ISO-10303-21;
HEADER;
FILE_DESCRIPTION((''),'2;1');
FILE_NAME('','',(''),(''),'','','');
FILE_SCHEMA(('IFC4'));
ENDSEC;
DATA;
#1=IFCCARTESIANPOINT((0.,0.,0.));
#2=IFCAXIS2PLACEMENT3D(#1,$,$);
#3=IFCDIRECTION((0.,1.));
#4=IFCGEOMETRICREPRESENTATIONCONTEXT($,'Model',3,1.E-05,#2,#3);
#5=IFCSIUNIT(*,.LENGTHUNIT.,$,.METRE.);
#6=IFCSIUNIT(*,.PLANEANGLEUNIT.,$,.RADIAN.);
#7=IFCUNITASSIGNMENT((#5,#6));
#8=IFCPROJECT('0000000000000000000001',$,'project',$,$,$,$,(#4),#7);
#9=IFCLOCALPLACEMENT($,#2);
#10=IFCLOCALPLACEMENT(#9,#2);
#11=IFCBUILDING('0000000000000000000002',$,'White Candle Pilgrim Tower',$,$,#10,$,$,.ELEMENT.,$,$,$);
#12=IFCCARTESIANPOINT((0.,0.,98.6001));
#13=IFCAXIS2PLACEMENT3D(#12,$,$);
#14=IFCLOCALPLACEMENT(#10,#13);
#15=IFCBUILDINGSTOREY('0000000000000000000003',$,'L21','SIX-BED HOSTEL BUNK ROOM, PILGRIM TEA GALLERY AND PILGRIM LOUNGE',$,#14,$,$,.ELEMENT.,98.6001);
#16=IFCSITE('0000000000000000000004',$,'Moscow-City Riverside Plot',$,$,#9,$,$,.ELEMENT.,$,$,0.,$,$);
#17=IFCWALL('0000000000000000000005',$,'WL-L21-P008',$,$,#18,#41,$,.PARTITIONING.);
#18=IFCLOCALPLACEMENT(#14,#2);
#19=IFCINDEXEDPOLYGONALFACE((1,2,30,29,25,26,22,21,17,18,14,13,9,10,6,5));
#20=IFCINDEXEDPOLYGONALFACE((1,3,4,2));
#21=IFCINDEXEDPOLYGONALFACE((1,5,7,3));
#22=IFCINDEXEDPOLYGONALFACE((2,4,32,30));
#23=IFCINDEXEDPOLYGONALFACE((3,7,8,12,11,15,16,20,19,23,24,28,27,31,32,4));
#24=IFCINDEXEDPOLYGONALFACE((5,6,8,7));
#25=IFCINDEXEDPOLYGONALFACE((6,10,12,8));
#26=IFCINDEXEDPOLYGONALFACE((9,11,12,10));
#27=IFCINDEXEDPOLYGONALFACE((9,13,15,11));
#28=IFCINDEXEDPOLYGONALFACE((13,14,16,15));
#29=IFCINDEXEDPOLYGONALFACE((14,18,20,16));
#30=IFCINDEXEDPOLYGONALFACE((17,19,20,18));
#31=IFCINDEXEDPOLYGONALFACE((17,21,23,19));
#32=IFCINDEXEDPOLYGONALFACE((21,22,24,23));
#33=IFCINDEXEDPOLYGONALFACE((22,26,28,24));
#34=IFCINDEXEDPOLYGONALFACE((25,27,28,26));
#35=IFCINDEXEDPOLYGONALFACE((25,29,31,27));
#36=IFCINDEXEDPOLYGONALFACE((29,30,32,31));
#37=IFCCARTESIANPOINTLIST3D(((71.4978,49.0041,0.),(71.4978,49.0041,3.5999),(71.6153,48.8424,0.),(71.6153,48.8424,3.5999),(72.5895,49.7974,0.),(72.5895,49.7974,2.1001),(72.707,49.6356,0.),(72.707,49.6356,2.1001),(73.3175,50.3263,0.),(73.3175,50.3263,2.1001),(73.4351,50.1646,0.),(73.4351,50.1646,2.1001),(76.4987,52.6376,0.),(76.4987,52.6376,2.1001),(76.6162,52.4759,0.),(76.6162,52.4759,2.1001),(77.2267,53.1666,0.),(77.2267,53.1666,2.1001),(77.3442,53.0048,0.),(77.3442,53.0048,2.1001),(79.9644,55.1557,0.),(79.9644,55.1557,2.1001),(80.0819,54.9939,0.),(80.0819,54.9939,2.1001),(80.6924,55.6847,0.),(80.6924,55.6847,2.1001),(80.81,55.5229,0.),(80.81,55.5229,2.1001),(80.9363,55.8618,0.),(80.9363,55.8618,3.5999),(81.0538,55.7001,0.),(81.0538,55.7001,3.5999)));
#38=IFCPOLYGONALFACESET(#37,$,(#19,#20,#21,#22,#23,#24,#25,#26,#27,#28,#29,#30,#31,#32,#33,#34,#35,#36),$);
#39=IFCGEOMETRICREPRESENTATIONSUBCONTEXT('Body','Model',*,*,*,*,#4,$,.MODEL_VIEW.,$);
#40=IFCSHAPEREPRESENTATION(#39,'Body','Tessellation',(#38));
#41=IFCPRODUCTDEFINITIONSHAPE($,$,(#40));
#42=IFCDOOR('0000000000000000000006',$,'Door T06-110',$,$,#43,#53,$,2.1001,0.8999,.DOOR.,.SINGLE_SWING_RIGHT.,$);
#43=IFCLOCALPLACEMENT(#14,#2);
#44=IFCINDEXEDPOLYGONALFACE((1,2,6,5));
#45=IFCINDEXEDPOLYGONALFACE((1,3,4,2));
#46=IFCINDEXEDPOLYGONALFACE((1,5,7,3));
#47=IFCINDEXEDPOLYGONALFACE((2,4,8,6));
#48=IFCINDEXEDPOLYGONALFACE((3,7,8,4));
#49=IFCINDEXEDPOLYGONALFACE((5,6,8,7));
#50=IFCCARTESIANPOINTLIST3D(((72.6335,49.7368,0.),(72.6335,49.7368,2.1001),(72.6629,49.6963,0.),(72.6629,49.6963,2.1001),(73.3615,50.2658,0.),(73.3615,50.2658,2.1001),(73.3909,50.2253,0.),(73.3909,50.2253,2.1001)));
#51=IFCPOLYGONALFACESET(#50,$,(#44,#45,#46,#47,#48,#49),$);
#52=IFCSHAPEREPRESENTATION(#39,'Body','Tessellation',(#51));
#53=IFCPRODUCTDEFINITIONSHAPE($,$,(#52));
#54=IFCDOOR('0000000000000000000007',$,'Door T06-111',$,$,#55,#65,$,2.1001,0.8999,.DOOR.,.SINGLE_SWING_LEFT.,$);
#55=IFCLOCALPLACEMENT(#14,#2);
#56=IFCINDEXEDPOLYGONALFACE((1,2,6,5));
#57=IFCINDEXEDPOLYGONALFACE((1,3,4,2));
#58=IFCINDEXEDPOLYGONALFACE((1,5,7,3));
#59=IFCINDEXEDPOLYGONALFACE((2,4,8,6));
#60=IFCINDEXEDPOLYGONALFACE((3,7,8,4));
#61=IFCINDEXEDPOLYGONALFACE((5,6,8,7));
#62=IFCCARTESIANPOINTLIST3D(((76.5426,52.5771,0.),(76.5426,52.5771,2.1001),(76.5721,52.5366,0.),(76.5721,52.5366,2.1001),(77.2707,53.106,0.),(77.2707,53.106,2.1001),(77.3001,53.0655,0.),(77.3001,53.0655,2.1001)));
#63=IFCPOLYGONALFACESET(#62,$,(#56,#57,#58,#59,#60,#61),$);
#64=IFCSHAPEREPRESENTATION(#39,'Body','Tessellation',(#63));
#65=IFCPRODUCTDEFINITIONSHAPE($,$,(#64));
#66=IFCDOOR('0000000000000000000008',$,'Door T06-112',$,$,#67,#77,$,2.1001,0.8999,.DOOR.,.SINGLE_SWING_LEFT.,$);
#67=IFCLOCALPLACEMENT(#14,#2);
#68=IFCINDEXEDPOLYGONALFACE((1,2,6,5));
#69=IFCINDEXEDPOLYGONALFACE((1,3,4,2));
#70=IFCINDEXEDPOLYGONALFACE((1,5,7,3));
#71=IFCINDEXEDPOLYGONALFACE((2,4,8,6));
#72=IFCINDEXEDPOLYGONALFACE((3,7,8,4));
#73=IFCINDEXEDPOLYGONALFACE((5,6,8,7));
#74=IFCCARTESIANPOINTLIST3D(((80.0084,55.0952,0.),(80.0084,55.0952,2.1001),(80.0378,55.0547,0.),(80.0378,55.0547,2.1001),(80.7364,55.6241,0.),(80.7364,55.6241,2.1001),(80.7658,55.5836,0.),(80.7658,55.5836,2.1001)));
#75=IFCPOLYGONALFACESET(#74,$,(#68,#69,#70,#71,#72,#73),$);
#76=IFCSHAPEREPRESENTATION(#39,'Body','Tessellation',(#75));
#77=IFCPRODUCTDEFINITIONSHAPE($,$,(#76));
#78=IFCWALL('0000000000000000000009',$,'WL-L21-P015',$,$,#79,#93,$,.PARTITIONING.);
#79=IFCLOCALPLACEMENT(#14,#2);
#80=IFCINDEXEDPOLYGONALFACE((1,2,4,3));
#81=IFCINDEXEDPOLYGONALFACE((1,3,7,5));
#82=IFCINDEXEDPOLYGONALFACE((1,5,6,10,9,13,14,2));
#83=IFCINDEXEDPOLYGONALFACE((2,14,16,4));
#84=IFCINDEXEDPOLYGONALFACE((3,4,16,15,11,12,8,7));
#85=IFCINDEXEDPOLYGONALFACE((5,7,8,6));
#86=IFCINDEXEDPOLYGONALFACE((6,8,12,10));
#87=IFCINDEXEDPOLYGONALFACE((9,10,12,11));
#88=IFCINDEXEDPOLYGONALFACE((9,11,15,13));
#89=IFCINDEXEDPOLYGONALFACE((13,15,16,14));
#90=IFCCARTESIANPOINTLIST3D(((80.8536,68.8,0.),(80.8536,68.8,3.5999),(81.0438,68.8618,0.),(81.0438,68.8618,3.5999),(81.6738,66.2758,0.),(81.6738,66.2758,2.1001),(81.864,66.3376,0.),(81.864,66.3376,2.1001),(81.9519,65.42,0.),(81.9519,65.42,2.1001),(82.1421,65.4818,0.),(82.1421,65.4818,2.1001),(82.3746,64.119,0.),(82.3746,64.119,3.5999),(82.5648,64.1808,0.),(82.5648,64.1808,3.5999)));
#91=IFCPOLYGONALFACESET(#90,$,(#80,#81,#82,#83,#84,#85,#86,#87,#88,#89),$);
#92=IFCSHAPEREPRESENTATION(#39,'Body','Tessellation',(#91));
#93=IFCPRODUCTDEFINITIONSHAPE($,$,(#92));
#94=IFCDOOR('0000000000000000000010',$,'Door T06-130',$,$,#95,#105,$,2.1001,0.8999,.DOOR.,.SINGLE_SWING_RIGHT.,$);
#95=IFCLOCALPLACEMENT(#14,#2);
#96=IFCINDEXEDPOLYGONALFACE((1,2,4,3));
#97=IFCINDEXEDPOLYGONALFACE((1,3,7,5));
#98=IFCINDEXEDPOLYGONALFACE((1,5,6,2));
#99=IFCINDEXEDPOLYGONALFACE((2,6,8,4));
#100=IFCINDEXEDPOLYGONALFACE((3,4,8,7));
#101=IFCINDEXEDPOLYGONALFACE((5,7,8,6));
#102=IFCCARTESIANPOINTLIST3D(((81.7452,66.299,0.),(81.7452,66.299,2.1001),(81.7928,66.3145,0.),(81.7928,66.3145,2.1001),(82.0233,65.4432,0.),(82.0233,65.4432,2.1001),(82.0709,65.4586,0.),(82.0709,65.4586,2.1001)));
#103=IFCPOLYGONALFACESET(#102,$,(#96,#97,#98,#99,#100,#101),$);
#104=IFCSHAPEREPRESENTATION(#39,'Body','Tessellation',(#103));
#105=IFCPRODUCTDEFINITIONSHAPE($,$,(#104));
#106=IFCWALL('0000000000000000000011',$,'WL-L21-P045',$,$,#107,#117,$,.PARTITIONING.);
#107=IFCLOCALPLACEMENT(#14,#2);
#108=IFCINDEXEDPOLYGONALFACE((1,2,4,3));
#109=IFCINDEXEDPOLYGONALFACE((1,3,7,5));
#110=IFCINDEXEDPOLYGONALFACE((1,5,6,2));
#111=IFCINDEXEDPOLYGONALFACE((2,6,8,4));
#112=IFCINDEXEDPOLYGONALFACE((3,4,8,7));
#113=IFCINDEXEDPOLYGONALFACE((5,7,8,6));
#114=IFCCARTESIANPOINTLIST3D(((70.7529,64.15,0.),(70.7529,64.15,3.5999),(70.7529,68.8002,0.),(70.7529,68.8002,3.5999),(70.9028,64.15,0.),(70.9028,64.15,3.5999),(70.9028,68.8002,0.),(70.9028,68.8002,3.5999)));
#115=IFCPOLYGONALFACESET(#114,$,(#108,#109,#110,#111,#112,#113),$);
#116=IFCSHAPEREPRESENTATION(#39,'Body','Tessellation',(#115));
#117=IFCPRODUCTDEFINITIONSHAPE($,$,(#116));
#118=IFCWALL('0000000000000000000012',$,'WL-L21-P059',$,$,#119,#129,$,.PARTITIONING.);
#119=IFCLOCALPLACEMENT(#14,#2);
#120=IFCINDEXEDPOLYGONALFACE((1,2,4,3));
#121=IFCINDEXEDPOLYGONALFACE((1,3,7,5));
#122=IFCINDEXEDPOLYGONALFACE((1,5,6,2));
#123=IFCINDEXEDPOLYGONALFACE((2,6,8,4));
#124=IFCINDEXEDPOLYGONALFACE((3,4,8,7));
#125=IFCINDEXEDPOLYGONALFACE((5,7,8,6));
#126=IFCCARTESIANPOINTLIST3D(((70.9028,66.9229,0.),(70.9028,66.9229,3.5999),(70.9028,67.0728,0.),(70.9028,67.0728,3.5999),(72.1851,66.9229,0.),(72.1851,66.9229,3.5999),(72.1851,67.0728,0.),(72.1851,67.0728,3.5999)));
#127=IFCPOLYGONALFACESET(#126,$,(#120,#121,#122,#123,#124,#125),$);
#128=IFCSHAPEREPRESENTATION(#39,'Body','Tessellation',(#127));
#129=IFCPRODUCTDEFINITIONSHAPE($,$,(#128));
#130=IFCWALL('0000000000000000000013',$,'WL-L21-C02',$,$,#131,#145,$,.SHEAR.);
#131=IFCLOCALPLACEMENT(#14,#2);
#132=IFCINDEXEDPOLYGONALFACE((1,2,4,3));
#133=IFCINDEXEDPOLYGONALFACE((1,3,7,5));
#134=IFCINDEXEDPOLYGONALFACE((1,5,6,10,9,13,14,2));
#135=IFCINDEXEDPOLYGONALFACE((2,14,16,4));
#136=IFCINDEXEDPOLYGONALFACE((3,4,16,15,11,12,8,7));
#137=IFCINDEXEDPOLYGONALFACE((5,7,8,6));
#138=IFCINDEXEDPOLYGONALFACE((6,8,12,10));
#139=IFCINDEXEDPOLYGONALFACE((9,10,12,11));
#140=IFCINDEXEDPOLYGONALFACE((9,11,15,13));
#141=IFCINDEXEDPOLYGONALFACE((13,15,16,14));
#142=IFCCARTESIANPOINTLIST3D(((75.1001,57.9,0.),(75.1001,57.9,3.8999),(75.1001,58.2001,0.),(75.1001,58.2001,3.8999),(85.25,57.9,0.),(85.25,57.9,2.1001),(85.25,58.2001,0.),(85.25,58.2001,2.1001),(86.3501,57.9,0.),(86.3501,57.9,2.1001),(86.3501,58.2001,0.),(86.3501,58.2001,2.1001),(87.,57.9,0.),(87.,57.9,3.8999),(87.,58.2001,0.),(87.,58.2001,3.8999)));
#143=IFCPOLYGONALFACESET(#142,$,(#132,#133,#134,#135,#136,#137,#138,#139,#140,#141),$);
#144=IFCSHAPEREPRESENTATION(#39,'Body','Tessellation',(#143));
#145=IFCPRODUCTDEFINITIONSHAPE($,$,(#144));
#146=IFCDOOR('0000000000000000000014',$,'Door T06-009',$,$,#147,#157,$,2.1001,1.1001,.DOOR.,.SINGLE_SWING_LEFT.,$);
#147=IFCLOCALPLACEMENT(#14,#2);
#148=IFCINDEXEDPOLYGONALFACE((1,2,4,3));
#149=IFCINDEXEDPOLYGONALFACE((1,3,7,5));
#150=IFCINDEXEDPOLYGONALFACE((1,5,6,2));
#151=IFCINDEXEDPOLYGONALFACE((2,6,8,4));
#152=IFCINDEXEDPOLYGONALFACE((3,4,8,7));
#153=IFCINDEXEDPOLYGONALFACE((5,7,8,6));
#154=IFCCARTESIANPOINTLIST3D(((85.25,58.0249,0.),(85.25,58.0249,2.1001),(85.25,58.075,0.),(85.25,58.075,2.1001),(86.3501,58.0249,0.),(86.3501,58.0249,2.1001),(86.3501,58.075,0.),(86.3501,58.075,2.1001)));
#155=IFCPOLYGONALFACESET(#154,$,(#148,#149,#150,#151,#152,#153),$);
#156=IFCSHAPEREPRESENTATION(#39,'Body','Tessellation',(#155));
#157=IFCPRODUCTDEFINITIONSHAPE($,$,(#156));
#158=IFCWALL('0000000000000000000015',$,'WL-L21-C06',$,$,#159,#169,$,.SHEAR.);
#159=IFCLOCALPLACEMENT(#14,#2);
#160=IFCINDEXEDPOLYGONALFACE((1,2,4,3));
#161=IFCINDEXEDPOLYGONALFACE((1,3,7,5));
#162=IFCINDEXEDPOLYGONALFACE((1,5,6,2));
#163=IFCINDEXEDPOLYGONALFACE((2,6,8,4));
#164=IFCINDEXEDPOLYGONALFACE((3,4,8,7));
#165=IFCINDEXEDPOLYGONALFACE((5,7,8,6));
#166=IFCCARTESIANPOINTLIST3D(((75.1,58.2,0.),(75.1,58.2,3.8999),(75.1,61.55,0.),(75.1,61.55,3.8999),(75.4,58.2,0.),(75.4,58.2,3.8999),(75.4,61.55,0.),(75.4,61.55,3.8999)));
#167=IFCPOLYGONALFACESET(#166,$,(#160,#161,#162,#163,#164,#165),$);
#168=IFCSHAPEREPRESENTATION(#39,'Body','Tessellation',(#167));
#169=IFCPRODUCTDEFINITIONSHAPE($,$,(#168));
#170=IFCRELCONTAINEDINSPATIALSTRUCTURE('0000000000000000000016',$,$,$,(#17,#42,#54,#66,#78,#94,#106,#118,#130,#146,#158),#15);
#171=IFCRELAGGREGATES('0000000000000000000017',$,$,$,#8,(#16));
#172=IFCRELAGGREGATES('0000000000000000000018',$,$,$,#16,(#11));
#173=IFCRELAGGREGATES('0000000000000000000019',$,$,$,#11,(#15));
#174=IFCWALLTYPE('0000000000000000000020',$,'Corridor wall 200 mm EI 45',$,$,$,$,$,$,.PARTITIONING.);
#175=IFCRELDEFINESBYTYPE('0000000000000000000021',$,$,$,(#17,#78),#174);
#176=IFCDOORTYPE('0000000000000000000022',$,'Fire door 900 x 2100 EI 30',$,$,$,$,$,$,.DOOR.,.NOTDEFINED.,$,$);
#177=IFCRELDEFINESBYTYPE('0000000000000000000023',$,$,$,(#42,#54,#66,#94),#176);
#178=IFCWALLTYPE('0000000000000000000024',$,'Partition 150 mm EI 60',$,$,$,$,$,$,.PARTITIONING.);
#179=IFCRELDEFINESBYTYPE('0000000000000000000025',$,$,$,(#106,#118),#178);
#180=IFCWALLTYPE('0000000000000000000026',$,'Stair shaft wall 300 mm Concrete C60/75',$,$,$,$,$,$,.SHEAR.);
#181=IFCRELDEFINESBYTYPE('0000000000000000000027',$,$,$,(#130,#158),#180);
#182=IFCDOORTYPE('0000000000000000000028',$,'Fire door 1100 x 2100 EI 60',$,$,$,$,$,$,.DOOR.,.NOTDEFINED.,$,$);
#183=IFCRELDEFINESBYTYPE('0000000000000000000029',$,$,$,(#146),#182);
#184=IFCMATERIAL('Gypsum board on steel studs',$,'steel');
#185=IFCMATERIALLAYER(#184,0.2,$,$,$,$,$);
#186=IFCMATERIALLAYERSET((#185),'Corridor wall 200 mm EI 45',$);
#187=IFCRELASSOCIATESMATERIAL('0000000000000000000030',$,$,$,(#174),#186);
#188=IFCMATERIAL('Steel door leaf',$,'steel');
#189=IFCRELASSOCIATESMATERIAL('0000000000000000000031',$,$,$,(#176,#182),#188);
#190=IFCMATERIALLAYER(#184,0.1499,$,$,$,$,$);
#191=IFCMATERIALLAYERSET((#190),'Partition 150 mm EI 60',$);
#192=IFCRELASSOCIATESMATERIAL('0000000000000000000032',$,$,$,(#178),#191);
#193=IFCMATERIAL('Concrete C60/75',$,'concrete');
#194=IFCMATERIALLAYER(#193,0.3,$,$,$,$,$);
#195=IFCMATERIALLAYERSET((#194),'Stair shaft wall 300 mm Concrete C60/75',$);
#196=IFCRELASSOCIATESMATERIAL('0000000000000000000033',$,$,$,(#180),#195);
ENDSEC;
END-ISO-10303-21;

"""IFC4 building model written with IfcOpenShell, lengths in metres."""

from ifc_helpers import new_model, si_unit, direction, frame, frame_2d, origin, place, context, subcontext, project, spatial, rectangle, extrude, material, layer, layer_set, type_object, element, fill, save


model = new_model("IFC4")

# Units and contexts
model_context = context("Model", 3, precision=1e-05, world=origin(), true_north=direction((0.0, 1.0)))
body_context = subcontext(model_context, "Body", "Model", "MODEL_VIEW")
ifc_project = project(units=[si_unit("LENGTHUNIT", "METRE"), si_unit("PLANEANGLEUNIT", "RADIAN")], contexts=[model_context])

# Site, building, storey
site_placement = place(None, origin())
site = spatial("IfcSite", under=ifc_project, at=site_placement, Name="Moscow-City Riverside Plot", CompositionType="ELEMENT", RefElevation=0.0)
building_placement = place(site_placement, origin())
building = spatial("IfcBuilding", under=site, at=building_placement, Name="White Candle Pilgrim Tower", CompositionType="ELEMENT")
storey_placement = place(building_placement, frame((0.0, 0.0, 98.6001)))
storey = spatial("IfcBuildingStorey", under=building, at=storey_placement, Name="L21", Description="SIX-BED HOSTEL BUNK ROOM, PILGRIM TEA GALLERY AND PILGRIM LOUNGE", CompositionType="ELEMENT", Elevation=98.6001)

# Wall, openings, doors
ifc_material_1 = material(Name="Gypsum board on steel studs", Category="steel")
ifc_layer_1 = layer(ifc_material_1, 0.2)
ifc_layer_set_1 = layer_set([ifc_layer_1], Name="Corridor wall 200 mm EI 45")
wall_type_1 = type_object("IfcWallType", Name="Corridor wall 200 mm EI 45", PredefinedType="PARTITIONING", material=ifc_layer_set_1)
wall_1_placement = place(storey_placement, frame((80.9951, 55.781, 0.0), z_axis=(0.0, 0.0, 1.0), x_axis=(-0.809008, -0.587797, 0.0)))
wall_1 = element("IfcWall", 1, at=wall_1_placement, inside=storey, type_object=wall_type_1, Name="WL-L21-P008", PredefinedType="PARTITIONING", context=body_context, shape_type="SweptSolid", body=[
    extrude(rectangle(XDim=11.6667, YDim=0.2, at=frame_2d((5.8335, 0.0))), origin(), (0.0, 0.0, 1.0), 3.5999),
])
opening_1_placement = place(wall_1_placement, frame((9.4175, 0.0, 0.0)))
opening_1 = element("IfcOpeningElement", 2, at=opening_1_placement, cuts=wall_1, PredefinedType="OPENING", context=body_context, shape_type="SweptSolid", body=[
    extrude(rectangle(XDim=0.8999, YDim=2.1001, at=frame_2d((0.45, 1.05))), frame((0.0, 0.1099, 0.0), z_axis=(0.0, -1.0, 0.0), x_axis=(1.0, 0.0, 0.0)), (0.0, 0.0, 1.0), 0.22),
])
opening_2_placement = place(wall_1_placement, frame((4.5854, 0.0, 0.0)))
opening_2 = element("IfcOpeningElement", 3, at=opening_2_placement, cuts=wall_1, PredefinedType="OPENING", context=body_context, shape_type="SweptSolid", body=[
    extrude(rectangle(XDim=0.8999, YDim=2.1001, at=frame_2d((0.45, 1.05))), frame((0.0, 0.1099, 0.0), z_axis=(0.0, -1.0, 0.0), x_axis=(1.0, 0.0, 0.0)), (0.0, 0.0, 1.0), 0.22),
])
opening_3_placement = place(wall_1_placement, frame((0.3015, 0.0, 0.0)))
opening_3 = element("IfcOpeningElement", 4, at=opening_3_placement, cuts=wall_1, PredefinedType="OPENING", context=body_context, shape_type="SweptSolid", body=[
    extrude(rectangle(XDim=0.8999, YDim=2.1001, at=frame_2d((0.45, 1.05))), frame((0.0, 0.1099, 0.0), z_axis=(0.0, -1.0, 0.0), x_axis=(1.0, 0.0, 0.0)), (0.0, 0.0, 1.0), 0.22),
])
ifc_material_2 = material(Name="Steel door leaf", Category="steel")
door_type_1 = type_object("IfcDoorType", Name="Fire door 900 x 2100 EI 30", OperationType="NOTDEFINED", PredefinedType="DOOR", material=ifc_material_2)
door_1_placement = place(opening_1_placement, origin())
door_1 = element("IfcDoor", 5, at=door_1_placement, inside=storey, type_object=door_type_1, Name="Door T06-110", OperationType="SINGLE_SWING_RIGHT", OverallHeight=2.1001, OverallWidth=0.8999, PredefinedType="DOOR", context=body_context, shape_type="SweptSolid", body=[
    extrude(rectangle(XDim=0.8999, YDim=2.1001, at=frame_2d((0.45, 1.05))), frame((0.0, 0.0249, 0.0), z_axis=(0.0, -1.0, 0.0), x_axis=(1.0, 0.0, 0.0)), (0.0, 0.0, 1.0), 0.05),
])
fill(opening_1, door_1)
door_2_placement = place(opening_2_placement, origin())
door_2 = element("IfcDoor", 6, at=door_2_placement, inside=storey, type_object=door_type_1, Name="Door T06-111", OperationType="SINGLE_SWING_LEFT", OverallHeight=2.1001, OverallWidth=0.8999, PredefinedType="DOOR", context=body_context, shape_type="SweptSolid", body=[
    extrude(rectangle(XDim=0.8999, YDim=2.1001, at=frame_2d((0.45, 1.05))), frame((0.0, 0.0249, 0.0), z_axis=(0.0, -1.0, 0.0), x_axis=(1.0, 0.0, 0.0)), (0.0, 0.0, 1.0), 0.05),
])
fill(opening_2, door_2)
door_3_placement = place(opening_3_placement, origin())
door_3 = element("IfcDoor", 7, at=door_3_placement, inside=storey, type_object=door_type_1, Name="Door T06-112", OperationType="SINGLE_SWING_LEFT", OverallHeight=2.1001, OverallWidth=0.8999, PredefinedType="DOOR", context=body_context, shape_type="SweptSolid", body=[
    extrude(rectangle(XDim=0.8999, YDim=2.1001, at=frame_2d((0.45, 1.05))), frame((0.0, 0.0249, 0.0), z_axis=(0.0, -1.0, 0.0), x_axis=(1.0, 0.0, 0.0)), (0.0, 0.0, 1.0), 0.05),
])
fill(opening_3, door_3)

# Wall, opening, door
wall_2_placement = place(storey_placement, frame((82.4697, 64.1499, 0.0), z_axis=(0.0, 0.0, 1.0), x_axis=(-0.309031, 0.951052, 0.0)))
wall_2 = element("IfcWall", 8, at=wall_2_placement, inside=storey, type_object=wall_type_1, Name="WL-L21-P015", PredefinedType="PARTITIONING", context=body_context, shape_type="SweptSolid", body=[
    extrude(rectangle(XDim=4.9219, YDim=0.2, at=frame_2d((2.4609, 0.0))), origin(), (0.0, 0.0, 1.0), 3.5999),
])
opening_4_placement = place(wall_2_placement, frame((1.3679, 0.0, 0.0)))
opening_4 = element("IfcOpeningElement", 9, at=opening_4_placement, cuts=wall_2, PredefinedType="OPENING", context=body_context, shape_type="SweptSolid", body=[
    extrude(rectangle(XDim=0.8999, YDim=2.1001, at=frame_2d((0.45, 1.05))), frame((0.0, 0.1099, 0.0), z_axis=(0.0, -1.0, 0.0), x_axis=(1.0, 0.0, 0.0)), (0.0, 0.0, 1.0), 0.22),
])
door_4_placement = place(opening_4_placement, origin())
door_4 = element("IfcDoor", 10, at=door_4_placement, inside=storey, type_object=door_type_1, Name="Door T06-130", OperationType="SINGLE_SWING_RIGHT", OverallHeight=2.1001, OverallWidth=0.8999, PredefinedType="DOOR", context=body_context, shape_type="SweptSolid", body=[
    extrude(rectangle(XDim=0.8999, YDim=2.1001, at=frame_2d((0.45, 1.05))), frame((0.0, 0.0249, 0.0), z_axis=(0.0, -1.0, 0.0), x_axis=(1.0, 0.0, 0.0)), (0.0, 0.0, 1.0), 0.05),
])
fill(opening_4, door_4)

# Walls
ifc_layer_2 = layer(ifc_material_1, 0.1499)
ifc_layer_set_2 = layer_set([ifc_layer_2], Name="Partition 150 mm EI 60")
wall_type_2 = type_object("IfcWallType", Name="Partition 150 mm EI 60", PredefinedType="PARTITIONING", material=ifc_layer_set_2)
wall_3_placement = place(storey_placement, frame((70.8279, 64.1499, 0.0), z_axis=(0.0, 0.0, 1.0), x_axis=(0.0, 1.0, 0.0)))
element("IfcWall", 11, at=wall_3_placement, inside=storey, type_object=wall_type_2, Name="WL-L21-P045", PredefinedType="PARTITIONING", context=body_context, shape_type="SweptSolid", body=[
    extrude(rectangle(XDim=4.6501, YDim=0.1499, at=frame_2d((2.3252, 0.0))), origin(), (0.0, 0.0, 1.0), 3.5999),
])
wall_4_placement = place(storey_placement, frame((72.1851, 66.9978, 0.0), z_axis=(0.0, 0.0, 1.0), x_axis=(-1.0, 0.0, 0.0)))
element("IfcWall", 12, at=wall_4_placement, inside=storey, type_object=wall_type_2, Name="WL-L21-P059", PredefinedType="PARTITIONING", context=body_context, shape_type="SweptSolid", body=[
    extrude(rectangle(XDim=1.2822, YDim=0.1499, at=frame_2d((0.6411, 0.0))), origin(), (0.0, 0.0, 1.0), 3.5999),
])

# Wall, opening, door
ifc_material_3 = material(Name="Concrete C60/75", Category="concrete")
ifc_layer_3 = layer(ifc_material_3, 0.3)
ifc_layer_set_3 = layer_set([ifc_layer_3], Name="Stair shaft wall 300 mm Concrete C60/75")
wall_type_3 = type_object("IfcWallType", Name="Stair shaft wall 300 mm Concrete C60/75", PredefinedType="SHEAR", material=ifc_layer_set_3)
wall_5_placement = place(storey_placement, frame((75.1001, 58.05, 0.0), z_axis=(0.0, 0.0, 1.0), x_axis=(1.0, 0.0, 0.0)))
wall_5 = element("IfcWall", 13, at=wall_5_placement, inside=storey, type_object=wall_type_3, Name="WL-L21-C02", PredefinedType="SHEAR", context=body_context, shape_type="SweptSolid", body=[
    extrude(rectangle(XDim=11.8999, YDim=0.3, at=frame_2d((5.95, 0.0))), origin(), (0.0, 0.0, 1.0), 3.8999),
])
opening_5_placement = place(wall_5_placement, frame((10.1499, 0.0, 0.0)))
opening_5 = element("IfcOpeningElement", 14, at=opening_5_placement, cuts=wall_5, PredefinedType="OPENING", context=body_context, shape_type="SweptSolid", body=[
    extrude(rectangle(XDim=1.1001, YDim=2.1001, at=frame_2d((0.55, 1.05))), frame((0.0, 0.1599, 0.0), z_axis=(0.0, -1.0, 0.0), x_axis=(1.0, 0.0, 0.0)), (0.0, 0.0, 1.0), 0.3201),
])
door_type_2 = type_object("IfcDoorType", Name="Fire door 1100 x 2100 EI 60", OperationType="NOTDEFINED", PredefinedType="DOOR", material=ifc_material_2)
door_5_placement = place(opening_5_placement, origin())
door_5 = element("IfcDoor", 15, at=door_5_placement, inside=storey, type_object=door_type_2, Name="Door T06-009", OperationType="SINGLE_SWING_LEFT", OverallHeight=2.1001, OverallWidth=1.1001, PredefinedType="DOOR", context=body_context, shape_type="SweptSolid", body=[
    extrude(rectangle(XDim=1.1001, YDim=2.1001, at=frame_2d((0.55, 1.05))), frame((0.0, 0.0249, 0.0), z_axis=(0.0, -1.0, 0.0), x_axis=(1.0, 0.0, 0.0)), (0.0, 0.0, 1.0), 0.05),
])
fill(opening_5, door_5)

# Wall
wall_6_placement = place(storey_placement, frame((75.25, 58.2, 0.0), z_axis=(0.0, 0.0, 1.0), x_axis=(0.0, 1.0, 0.0)))
element("IfcWall", 16, at=wall_6_placement, inside=storey, type_object=wall_type_3, Name="WL-L21-C06", PredefinedType="SHEAR", context=body_context, shape_type="SweptSolid", body=[
    extrude(rectangle(XDim=3.3501, YDim=0.3, at=frame_2d((1.675, 0.0))), origin(), (0.0, 0.0, 1.0), 3.8999),
])

save(model, "model.ifc")
